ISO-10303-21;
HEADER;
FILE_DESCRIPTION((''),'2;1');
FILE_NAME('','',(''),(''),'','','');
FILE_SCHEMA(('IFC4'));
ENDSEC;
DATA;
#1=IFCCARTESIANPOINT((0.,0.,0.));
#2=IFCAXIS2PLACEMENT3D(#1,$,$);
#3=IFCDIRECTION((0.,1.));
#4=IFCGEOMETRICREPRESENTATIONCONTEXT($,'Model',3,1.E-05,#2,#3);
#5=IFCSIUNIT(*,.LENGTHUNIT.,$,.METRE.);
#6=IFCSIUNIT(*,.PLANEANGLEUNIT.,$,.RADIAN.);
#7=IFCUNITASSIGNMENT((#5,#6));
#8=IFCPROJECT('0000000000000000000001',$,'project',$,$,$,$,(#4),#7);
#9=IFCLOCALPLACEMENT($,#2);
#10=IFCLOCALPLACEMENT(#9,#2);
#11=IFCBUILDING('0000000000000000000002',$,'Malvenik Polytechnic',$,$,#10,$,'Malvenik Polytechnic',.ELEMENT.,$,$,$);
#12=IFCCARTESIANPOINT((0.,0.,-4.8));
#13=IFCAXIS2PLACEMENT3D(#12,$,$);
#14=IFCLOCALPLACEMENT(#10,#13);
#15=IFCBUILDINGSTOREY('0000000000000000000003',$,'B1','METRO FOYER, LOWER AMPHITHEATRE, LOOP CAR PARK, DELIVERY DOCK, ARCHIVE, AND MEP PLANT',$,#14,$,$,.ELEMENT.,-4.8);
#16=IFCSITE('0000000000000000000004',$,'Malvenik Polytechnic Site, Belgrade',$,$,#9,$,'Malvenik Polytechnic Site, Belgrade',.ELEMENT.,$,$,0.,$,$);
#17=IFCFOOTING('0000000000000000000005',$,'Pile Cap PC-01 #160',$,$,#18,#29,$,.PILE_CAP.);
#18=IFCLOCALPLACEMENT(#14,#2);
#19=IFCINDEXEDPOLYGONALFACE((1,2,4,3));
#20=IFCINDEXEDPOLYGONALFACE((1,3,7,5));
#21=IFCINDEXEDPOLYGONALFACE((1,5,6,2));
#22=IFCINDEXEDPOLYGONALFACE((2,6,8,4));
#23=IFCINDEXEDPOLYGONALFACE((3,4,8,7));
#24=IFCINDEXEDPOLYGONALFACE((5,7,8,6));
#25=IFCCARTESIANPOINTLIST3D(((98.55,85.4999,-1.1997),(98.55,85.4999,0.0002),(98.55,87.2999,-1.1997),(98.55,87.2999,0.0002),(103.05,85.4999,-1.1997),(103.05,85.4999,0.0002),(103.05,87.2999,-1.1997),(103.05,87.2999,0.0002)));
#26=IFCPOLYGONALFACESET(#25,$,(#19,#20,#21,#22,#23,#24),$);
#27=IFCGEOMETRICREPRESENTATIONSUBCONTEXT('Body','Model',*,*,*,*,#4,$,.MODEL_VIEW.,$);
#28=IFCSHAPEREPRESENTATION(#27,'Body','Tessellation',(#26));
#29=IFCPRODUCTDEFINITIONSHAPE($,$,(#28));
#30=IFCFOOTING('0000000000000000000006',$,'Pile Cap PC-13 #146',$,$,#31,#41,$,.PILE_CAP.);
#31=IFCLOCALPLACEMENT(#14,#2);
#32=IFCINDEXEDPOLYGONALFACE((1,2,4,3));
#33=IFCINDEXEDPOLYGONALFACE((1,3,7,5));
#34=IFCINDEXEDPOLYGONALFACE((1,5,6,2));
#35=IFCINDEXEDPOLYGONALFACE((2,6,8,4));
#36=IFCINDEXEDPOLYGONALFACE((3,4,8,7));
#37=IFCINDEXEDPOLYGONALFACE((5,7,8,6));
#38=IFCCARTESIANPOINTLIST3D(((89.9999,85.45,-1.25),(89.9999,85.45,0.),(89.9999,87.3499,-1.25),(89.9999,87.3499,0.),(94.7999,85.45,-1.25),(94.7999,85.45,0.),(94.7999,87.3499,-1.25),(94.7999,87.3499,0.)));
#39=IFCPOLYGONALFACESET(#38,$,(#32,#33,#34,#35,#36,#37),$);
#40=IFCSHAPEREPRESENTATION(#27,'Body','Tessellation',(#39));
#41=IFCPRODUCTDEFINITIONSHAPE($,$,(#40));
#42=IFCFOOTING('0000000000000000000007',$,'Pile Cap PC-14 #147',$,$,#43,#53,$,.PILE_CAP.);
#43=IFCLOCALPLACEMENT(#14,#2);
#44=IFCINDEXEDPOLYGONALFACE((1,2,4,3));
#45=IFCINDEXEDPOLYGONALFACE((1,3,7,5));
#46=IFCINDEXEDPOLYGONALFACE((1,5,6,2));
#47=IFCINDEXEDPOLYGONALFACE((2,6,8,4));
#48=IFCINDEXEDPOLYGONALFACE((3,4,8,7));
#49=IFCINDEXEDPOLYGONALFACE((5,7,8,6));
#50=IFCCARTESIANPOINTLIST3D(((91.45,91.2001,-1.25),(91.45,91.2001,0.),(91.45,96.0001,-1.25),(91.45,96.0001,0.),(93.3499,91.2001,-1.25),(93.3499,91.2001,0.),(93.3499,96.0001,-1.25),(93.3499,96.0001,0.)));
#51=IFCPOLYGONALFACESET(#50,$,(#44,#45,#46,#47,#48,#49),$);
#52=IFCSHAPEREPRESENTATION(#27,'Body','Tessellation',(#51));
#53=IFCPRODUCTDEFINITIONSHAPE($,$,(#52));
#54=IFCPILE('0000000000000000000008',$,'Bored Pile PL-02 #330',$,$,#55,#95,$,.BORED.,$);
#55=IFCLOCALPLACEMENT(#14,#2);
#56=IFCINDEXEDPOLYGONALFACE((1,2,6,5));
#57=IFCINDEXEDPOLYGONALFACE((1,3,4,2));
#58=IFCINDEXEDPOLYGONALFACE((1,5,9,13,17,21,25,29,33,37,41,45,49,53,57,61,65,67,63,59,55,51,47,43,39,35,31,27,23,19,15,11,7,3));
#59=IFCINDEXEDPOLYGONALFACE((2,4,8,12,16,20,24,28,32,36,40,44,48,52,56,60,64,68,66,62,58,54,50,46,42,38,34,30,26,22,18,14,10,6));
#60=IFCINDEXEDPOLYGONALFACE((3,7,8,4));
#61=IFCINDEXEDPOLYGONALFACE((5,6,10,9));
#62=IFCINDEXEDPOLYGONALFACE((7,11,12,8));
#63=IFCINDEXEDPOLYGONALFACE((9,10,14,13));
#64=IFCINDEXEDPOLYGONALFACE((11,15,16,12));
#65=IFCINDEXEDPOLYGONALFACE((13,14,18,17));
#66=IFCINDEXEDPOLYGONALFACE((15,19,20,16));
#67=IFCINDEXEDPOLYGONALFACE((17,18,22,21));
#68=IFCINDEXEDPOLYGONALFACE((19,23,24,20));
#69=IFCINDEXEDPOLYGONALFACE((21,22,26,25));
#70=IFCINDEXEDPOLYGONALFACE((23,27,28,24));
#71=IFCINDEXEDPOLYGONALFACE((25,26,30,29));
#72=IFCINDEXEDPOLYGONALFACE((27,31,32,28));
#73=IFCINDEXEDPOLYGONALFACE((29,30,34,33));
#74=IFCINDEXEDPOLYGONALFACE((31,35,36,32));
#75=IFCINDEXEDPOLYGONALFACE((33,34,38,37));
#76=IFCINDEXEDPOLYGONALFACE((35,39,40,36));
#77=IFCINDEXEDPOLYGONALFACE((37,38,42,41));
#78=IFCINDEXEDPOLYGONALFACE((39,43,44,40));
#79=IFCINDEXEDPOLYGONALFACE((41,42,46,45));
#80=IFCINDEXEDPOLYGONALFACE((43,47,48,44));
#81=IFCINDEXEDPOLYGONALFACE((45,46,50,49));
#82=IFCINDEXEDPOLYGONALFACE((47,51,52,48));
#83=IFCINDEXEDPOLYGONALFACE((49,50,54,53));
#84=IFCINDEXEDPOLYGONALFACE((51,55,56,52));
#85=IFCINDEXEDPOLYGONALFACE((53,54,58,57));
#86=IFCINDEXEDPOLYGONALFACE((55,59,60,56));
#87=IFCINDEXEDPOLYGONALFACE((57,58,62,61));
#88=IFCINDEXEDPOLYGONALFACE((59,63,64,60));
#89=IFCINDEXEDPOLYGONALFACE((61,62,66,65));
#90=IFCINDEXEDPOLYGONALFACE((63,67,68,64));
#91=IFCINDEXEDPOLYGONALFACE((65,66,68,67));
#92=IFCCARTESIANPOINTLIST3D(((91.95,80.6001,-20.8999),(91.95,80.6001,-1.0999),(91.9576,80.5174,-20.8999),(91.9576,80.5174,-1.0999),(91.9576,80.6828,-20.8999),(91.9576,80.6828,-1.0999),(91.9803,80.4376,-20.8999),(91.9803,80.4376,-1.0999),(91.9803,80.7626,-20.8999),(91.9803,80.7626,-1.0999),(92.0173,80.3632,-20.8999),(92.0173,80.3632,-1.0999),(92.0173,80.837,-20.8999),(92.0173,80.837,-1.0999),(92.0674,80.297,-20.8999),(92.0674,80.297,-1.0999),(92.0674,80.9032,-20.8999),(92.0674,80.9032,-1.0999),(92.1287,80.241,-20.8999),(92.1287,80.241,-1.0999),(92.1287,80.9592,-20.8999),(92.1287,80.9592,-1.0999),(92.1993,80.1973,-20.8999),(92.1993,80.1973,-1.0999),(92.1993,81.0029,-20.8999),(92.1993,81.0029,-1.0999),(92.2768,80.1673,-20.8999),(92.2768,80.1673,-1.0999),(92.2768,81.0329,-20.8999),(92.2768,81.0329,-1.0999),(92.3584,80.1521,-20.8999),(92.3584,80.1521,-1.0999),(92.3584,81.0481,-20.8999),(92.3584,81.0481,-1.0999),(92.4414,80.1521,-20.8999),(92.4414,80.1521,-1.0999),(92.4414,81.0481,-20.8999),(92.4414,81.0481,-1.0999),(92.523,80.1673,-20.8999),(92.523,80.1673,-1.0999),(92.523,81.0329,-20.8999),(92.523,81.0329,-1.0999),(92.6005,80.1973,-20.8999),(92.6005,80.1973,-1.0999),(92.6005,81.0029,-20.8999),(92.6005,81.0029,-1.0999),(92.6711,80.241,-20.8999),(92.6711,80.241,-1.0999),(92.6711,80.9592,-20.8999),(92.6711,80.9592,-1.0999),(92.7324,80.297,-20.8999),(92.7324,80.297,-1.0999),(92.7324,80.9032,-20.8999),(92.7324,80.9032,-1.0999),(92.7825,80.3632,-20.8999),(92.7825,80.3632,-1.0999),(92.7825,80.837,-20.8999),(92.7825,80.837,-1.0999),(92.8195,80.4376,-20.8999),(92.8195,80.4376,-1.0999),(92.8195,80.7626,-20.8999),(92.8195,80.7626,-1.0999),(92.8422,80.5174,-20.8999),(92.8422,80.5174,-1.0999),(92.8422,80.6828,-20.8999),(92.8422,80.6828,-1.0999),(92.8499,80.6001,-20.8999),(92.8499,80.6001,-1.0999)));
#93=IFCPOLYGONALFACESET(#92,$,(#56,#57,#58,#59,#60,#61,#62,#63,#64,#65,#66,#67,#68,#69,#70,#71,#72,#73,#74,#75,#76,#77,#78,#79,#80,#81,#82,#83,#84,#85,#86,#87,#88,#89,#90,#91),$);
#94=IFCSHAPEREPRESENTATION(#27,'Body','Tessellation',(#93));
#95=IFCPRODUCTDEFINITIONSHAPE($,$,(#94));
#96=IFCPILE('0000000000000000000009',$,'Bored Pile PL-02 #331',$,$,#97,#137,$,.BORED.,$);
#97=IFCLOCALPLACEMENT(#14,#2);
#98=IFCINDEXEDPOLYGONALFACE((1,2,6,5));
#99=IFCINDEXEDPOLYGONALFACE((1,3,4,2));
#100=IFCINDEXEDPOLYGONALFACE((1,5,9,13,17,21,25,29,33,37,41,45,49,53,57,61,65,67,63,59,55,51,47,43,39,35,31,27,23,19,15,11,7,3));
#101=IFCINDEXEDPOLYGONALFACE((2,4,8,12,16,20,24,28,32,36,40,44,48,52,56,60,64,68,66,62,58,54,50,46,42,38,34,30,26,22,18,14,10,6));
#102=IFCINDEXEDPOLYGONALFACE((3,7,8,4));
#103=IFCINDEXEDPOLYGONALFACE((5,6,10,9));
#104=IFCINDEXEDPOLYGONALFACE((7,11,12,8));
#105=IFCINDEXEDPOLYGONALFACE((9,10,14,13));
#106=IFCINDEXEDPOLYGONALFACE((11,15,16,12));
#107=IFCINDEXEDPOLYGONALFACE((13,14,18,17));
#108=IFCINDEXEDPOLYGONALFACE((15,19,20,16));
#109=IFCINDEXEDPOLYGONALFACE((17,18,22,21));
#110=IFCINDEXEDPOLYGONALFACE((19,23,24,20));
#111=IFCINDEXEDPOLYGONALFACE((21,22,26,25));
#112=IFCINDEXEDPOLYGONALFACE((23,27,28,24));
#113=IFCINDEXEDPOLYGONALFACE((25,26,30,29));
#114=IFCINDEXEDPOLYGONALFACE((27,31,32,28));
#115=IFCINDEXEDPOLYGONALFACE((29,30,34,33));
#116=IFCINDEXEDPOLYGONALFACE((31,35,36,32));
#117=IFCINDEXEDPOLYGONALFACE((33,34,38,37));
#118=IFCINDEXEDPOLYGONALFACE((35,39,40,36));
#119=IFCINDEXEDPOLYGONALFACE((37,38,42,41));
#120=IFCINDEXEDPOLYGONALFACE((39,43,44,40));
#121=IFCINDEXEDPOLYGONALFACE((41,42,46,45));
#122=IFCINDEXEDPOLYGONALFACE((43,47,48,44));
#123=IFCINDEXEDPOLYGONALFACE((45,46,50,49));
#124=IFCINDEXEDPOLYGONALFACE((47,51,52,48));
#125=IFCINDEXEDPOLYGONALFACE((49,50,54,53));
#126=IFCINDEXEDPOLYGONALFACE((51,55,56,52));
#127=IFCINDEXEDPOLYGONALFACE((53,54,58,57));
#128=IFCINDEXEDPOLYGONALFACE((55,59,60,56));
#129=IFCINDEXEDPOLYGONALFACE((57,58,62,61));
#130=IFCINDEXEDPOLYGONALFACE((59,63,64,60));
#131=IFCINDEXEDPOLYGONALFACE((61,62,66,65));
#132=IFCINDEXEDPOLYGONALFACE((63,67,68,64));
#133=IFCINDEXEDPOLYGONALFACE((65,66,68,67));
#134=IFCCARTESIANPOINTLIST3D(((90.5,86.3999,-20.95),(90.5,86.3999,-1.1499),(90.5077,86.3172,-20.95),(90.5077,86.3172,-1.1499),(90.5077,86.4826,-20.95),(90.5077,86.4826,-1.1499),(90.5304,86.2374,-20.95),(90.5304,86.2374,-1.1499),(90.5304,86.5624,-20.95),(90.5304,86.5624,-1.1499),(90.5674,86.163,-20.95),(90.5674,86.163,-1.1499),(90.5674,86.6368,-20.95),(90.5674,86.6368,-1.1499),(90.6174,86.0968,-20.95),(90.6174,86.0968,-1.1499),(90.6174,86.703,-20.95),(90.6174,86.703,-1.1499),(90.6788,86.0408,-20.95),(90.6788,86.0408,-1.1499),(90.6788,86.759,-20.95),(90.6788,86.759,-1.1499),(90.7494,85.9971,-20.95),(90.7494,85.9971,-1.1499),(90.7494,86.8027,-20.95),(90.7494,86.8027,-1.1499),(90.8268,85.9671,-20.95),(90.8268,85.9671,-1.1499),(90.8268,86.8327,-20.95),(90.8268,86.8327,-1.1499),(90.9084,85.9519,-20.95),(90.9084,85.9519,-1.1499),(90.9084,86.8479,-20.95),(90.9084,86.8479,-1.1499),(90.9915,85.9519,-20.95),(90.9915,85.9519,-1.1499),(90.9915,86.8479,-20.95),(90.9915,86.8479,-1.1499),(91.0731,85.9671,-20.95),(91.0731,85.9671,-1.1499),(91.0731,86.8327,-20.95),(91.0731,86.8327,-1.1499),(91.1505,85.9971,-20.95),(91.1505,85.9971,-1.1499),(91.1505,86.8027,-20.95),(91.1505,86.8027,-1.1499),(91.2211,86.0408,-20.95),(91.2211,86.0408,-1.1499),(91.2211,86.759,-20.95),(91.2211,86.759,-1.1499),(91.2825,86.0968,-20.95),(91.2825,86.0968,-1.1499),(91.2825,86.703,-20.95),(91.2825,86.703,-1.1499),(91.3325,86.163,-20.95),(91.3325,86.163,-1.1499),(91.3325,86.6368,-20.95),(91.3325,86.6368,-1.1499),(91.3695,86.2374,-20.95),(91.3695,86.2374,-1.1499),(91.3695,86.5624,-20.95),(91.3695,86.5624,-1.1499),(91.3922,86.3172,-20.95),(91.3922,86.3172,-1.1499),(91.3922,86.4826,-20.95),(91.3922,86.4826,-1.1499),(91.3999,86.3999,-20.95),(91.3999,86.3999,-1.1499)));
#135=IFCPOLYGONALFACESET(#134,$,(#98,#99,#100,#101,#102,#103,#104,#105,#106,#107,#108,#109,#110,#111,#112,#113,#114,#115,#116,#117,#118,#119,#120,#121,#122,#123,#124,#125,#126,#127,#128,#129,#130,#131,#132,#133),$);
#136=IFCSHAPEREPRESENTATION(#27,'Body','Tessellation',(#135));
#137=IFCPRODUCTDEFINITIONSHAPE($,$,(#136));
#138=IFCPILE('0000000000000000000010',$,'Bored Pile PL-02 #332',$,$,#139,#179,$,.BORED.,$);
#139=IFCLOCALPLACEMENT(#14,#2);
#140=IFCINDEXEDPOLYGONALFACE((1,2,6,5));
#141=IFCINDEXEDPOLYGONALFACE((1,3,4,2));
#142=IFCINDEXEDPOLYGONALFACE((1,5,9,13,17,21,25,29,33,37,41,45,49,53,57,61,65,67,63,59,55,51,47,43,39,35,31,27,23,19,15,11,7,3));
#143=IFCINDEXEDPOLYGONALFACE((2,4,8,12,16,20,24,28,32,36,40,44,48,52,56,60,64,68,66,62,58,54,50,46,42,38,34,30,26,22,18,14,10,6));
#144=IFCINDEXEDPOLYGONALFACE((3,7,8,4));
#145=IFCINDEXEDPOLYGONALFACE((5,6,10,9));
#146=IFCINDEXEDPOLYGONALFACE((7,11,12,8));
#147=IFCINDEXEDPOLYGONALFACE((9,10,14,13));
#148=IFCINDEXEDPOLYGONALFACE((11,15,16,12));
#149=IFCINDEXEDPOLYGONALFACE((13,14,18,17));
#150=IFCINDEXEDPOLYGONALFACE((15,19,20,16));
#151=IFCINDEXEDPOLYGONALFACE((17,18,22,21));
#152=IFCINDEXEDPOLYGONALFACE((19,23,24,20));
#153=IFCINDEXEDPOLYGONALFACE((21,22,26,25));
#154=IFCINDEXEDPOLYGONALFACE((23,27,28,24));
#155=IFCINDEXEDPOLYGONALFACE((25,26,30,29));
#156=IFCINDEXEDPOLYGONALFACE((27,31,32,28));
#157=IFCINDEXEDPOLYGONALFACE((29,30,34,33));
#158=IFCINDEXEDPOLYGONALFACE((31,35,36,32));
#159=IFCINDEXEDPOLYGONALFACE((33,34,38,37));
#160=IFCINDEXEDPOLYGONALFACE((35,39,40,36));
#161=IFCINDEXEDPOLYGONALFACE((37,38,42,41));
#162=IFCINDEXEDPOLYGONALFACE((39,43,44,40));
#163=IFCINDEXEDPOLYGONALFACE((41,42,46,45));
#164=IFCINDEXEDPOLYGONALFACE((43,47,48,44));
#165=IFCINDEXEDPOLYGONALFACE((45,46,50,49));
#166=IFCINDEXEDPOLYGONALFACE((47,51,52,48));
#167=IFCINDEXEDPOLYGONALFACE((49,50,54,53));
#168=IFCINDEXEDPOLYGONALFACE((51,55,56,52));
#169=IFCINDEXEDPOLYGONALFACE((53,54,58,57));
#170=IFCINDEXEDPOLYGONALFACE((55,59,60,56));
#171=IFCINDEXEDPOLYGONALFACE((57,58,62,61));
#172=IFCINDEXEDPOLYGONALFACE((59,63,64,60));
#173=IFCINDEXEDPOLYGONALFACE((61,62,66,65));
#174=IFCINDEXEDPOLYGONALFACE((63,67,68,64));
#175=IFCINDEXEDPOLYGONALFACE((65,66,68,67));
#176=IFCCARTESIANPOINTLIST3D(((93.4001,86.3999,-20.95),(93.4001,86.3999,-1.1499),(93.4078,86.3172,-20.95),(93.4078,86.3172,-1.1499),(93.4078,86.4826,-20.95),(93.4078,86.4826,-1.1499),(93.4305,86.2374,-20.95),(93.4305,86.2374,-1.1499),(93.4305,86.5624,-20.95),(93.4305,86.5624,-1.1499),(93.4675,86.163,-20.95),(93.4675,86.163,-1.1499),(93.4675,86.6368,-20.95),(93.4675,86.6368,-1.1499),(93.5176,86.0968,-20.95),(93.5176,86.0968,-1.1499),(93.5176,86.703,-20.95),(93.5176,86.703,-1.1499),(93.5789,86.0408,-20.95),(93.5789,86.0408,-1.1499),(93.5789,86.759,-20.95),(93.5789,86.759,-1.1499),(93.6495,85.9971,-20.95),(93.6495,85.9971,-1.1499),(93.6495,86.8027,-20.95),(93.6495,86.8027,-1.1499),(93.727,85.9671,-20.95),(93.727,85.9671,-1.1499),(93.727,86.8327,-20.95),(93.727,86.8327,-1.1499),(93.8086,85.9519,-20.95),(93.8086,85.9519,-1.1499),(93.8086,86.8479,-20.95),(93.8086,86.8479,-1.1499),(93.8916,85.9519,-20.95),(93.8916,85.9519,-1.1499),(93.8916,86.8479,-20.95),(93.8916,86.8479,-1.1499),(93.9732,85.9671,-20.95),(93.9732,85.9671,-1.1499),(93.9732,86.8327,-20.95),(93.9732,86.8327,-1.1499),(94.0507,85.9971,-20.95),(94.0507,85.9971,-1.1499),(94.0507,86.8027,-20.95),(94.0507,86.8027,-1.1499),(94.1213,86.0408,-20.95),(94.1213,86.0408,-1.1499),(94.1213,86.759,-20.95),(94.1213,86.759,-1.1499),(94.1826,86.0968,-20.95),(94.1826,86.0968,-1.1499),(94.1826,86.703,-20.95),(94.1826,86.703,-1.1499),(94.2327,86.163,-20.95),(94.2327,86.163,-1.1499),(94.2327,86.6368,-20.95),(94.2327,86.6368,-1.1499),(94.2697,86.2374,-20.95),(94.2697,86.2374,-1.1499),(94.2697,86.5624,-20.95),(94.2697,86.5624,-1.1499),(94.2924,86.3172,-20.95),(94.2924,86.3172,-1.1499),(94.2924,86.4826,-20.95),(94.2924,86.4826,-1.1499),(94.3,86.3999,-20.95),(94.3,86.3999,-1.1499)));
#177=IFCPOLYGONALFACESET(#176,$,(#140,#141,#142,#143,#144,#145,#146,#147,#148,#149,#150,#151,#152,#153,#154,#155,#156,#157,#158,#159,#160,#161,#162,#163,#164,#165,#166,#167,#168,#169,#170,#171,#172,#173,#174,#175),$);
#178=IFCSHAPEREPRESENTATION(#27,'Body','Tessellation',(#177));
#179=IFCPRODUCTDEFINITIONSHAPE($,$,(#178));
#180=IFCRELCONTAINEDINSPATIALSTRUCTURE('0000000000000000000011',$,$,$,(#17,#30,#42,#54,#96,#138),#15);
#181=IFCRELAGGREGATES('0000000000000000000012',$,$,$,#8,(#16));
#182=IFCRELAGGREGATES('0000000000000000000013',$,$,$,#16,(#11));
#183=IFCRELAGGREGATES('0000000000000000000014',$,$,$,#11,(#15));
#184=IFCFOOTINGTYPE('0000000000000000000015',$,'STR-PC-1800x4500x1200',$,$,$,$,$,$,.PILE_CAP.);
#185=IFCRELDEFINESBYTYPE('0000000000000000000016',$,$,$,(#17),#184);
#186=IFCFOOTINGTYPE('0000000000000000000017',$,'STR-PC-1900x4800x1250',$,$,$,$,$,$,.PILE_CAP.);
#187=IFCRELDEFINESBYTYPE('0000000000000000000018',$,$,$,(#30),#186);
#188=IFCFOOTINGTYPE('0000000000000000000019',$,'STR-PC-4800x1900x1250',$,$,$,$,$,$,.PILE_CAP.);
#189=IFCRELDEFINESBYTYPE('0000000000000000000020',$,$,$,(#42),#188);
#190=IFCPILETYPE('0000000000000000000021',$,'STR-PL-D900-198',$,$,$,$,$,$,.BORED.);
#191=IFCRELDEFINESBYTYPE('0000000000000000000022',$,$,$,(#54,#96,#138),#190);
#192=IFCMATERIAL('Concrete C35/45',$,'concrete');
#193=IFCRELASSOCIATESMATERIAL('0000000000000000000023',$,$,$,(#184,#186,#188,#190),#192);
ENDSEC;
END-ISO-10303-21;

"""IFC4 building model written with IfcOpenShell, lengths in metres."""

from ifc_helpers import new_model, si_unit, direction, frame, origin, origin_2d, place, context, subcontext, project, spatial, rectangle, circle, extrude, material, material_profile, profile_set, type_object, element, save


model = new_model("IFC4")

# Units and contexts
model_context = context("Model", 3, precision=1e-05, world=origin(), true_north=direction((0.0, 1.0)))
body_context = subcontext(model_context, "Body", "Model", "MODEL_VIEW")
ifc_project = project(units=[si_unit("LENGTHUNIT", "METRE"), si_unit("PLANEANGLEUNIT", "RADIAN")], contexts=[model_context])

# Site, building, storey
site_placement = place(None, origin())
site = spatial("IfcSite", under=ifc_project, at=site_placement, Name="Malvenik Polytechnic Site, Belgrade", LongName="Malvenik Polytechnic Site, Belgrade", CompositionType="ELEMENT", RefElevation=0.0)
building_placement = place(site_placement, origin())
building = spatial("IfcBuilding", under=site, at=building_placement, Name="Malvenik Polytechnic", LongName="Malvenik Polytechnic", CompositionType="ELEMENT")
storey_placement = place(building_placement, frame((0.0, 0.0, -4.8)))
storey = spatial("IfcBuildingStorey", under=building, at=storey_placement, Name="B1", Description="METRO FOYER, LOWER AMPHITHEATRE, LOOP CAR PARK, DELIVERY DOCK, ARCHIVE, AND MEP PLANT", CompositionType="ELEMENT", Elevation=-4.8)

# Footings
ifc_material_1 = material(Name="Concrete C35/45", Category="concrete")
footing_type_1 = type_object("IfcFootingType", Name="STR-PC-1800x4500x1200", PredefinedType="PILE_CAP", material=ifc_material_1)
footing_1_placement = place(storey_placement, frame((100.8, 86.3999, -1.1997), z_axis=(0.0, 0.0, 1.0), x_axis=(1.0, 0.0, 0.0)))
element("IfcFooting", 1, at=footing_1_placement, inside=storey, type_object=footing_type_1, Name="Pile Cap PC-01 #160", PredefinedType="PILE_CAP", context=body_context, shape_type="SweptSolid", body=[
    extrude(rectangle(XDim=4.5, YDim=1.8, at=origin_2d()), origin(), (0.0, 0.0, 1.0), 1.2),
])
footing_type_2 = type_object("IfcFootingType", Name="STR-PC-1900x4800x1250", PredefinedType="PILE_CAP", material=ifc_material_1)
footing_2_placement = place(storey_placement, frame((92.3999, 86.3999, -1.25), z_axis=(0.0, 0.0, 1.0), x_axis=(1.0, 0.0, 0.0)))
element("IfcFooting", 2, at=footing_2_placement, inside=storey, type_object=footing_type_2, Name="Pile Cap PC-13 #146", PredefinedType="PILE_CAP", context=body_context, shape_type="SweptSolid", body=[
    extrude(rectangle(XDim=4.8, YDim=1.8999, at=origin_2d()), origin(), (0.0, 0.0, 1.0), 1.25),
])
footing_type_3 = type_object("IfcFootingType", Name="STR-PC-4800x1900x1250", PredefinedType="PILE_CAP", material=ifc_material_1)
footing_3_placement = place(storey_placement, frame((92.3999, 93.6001, -1.25), z_axis=(0.0, 0.0, 1.0), x_axis=(1.0, 0.0, 0.0)))
element("IfcFooting", 3, at=footing_3_placement, inside=storey, type_object=footing_type_3, Name="Pile Cap PC-14 #147", PredefinedType="PILE_CAP", context=body_context, shape_type="SweptSolid", body=[
    extrude(rectangle(XDim=1.8999, YDim=4.8, at=origin_2d()), origin(), (0.0, 0.0, 1.0), 1.25),
])

# Piles
ifc_material_profile_1 = material_profile(ifc_material_1, circle(Radius=0.45, at=origin_2d()), Name="BORED PILE D900")
ifc_profile_set_1 = profile_set([ifc_material_profile_1], Name="Concrete C35/45")
pile_type = type_object("IfcPileType", Name="STR-PL-D900-198", PredefinedType="BORED", material=ifc_profile_set_1)
for number, where, z_axis, x_axis, name in (
    (4, (92.3999, 80.6001, -1.0999), (0.0, 0.0, -1.0), (1.0, 0.0, 0.0), "Bored Pile PL-02 #330"),
    (5, (90.95, 86.3999, -1.1499), (0.0, 0.0, -1.0), (1.0, 0.0, 0.0), "Bored Pile PL-02 #331"),
    (6, (93.8501, 86.3999, -1.1499), (0.0, 0.0, -1.0), (1.0, 0.0, 0.0), "Bored Pile PL-02 #332"),
):
    element("IfcPile", number, at=place(storey_placement, frame(where, z_axis=z_axis, x_axis=x_axis)), inside=storey, type_object=pile_type, Name=name, PredefinedType="BORED", context=body_context, shape_type="SweptSolid", body=[
        extrude(circle(Radius=0.45, at=origin_2d()), origin(), (0.0, 0.0, 1.0), 19.8),
    ])

save(model, "model.ifc")
